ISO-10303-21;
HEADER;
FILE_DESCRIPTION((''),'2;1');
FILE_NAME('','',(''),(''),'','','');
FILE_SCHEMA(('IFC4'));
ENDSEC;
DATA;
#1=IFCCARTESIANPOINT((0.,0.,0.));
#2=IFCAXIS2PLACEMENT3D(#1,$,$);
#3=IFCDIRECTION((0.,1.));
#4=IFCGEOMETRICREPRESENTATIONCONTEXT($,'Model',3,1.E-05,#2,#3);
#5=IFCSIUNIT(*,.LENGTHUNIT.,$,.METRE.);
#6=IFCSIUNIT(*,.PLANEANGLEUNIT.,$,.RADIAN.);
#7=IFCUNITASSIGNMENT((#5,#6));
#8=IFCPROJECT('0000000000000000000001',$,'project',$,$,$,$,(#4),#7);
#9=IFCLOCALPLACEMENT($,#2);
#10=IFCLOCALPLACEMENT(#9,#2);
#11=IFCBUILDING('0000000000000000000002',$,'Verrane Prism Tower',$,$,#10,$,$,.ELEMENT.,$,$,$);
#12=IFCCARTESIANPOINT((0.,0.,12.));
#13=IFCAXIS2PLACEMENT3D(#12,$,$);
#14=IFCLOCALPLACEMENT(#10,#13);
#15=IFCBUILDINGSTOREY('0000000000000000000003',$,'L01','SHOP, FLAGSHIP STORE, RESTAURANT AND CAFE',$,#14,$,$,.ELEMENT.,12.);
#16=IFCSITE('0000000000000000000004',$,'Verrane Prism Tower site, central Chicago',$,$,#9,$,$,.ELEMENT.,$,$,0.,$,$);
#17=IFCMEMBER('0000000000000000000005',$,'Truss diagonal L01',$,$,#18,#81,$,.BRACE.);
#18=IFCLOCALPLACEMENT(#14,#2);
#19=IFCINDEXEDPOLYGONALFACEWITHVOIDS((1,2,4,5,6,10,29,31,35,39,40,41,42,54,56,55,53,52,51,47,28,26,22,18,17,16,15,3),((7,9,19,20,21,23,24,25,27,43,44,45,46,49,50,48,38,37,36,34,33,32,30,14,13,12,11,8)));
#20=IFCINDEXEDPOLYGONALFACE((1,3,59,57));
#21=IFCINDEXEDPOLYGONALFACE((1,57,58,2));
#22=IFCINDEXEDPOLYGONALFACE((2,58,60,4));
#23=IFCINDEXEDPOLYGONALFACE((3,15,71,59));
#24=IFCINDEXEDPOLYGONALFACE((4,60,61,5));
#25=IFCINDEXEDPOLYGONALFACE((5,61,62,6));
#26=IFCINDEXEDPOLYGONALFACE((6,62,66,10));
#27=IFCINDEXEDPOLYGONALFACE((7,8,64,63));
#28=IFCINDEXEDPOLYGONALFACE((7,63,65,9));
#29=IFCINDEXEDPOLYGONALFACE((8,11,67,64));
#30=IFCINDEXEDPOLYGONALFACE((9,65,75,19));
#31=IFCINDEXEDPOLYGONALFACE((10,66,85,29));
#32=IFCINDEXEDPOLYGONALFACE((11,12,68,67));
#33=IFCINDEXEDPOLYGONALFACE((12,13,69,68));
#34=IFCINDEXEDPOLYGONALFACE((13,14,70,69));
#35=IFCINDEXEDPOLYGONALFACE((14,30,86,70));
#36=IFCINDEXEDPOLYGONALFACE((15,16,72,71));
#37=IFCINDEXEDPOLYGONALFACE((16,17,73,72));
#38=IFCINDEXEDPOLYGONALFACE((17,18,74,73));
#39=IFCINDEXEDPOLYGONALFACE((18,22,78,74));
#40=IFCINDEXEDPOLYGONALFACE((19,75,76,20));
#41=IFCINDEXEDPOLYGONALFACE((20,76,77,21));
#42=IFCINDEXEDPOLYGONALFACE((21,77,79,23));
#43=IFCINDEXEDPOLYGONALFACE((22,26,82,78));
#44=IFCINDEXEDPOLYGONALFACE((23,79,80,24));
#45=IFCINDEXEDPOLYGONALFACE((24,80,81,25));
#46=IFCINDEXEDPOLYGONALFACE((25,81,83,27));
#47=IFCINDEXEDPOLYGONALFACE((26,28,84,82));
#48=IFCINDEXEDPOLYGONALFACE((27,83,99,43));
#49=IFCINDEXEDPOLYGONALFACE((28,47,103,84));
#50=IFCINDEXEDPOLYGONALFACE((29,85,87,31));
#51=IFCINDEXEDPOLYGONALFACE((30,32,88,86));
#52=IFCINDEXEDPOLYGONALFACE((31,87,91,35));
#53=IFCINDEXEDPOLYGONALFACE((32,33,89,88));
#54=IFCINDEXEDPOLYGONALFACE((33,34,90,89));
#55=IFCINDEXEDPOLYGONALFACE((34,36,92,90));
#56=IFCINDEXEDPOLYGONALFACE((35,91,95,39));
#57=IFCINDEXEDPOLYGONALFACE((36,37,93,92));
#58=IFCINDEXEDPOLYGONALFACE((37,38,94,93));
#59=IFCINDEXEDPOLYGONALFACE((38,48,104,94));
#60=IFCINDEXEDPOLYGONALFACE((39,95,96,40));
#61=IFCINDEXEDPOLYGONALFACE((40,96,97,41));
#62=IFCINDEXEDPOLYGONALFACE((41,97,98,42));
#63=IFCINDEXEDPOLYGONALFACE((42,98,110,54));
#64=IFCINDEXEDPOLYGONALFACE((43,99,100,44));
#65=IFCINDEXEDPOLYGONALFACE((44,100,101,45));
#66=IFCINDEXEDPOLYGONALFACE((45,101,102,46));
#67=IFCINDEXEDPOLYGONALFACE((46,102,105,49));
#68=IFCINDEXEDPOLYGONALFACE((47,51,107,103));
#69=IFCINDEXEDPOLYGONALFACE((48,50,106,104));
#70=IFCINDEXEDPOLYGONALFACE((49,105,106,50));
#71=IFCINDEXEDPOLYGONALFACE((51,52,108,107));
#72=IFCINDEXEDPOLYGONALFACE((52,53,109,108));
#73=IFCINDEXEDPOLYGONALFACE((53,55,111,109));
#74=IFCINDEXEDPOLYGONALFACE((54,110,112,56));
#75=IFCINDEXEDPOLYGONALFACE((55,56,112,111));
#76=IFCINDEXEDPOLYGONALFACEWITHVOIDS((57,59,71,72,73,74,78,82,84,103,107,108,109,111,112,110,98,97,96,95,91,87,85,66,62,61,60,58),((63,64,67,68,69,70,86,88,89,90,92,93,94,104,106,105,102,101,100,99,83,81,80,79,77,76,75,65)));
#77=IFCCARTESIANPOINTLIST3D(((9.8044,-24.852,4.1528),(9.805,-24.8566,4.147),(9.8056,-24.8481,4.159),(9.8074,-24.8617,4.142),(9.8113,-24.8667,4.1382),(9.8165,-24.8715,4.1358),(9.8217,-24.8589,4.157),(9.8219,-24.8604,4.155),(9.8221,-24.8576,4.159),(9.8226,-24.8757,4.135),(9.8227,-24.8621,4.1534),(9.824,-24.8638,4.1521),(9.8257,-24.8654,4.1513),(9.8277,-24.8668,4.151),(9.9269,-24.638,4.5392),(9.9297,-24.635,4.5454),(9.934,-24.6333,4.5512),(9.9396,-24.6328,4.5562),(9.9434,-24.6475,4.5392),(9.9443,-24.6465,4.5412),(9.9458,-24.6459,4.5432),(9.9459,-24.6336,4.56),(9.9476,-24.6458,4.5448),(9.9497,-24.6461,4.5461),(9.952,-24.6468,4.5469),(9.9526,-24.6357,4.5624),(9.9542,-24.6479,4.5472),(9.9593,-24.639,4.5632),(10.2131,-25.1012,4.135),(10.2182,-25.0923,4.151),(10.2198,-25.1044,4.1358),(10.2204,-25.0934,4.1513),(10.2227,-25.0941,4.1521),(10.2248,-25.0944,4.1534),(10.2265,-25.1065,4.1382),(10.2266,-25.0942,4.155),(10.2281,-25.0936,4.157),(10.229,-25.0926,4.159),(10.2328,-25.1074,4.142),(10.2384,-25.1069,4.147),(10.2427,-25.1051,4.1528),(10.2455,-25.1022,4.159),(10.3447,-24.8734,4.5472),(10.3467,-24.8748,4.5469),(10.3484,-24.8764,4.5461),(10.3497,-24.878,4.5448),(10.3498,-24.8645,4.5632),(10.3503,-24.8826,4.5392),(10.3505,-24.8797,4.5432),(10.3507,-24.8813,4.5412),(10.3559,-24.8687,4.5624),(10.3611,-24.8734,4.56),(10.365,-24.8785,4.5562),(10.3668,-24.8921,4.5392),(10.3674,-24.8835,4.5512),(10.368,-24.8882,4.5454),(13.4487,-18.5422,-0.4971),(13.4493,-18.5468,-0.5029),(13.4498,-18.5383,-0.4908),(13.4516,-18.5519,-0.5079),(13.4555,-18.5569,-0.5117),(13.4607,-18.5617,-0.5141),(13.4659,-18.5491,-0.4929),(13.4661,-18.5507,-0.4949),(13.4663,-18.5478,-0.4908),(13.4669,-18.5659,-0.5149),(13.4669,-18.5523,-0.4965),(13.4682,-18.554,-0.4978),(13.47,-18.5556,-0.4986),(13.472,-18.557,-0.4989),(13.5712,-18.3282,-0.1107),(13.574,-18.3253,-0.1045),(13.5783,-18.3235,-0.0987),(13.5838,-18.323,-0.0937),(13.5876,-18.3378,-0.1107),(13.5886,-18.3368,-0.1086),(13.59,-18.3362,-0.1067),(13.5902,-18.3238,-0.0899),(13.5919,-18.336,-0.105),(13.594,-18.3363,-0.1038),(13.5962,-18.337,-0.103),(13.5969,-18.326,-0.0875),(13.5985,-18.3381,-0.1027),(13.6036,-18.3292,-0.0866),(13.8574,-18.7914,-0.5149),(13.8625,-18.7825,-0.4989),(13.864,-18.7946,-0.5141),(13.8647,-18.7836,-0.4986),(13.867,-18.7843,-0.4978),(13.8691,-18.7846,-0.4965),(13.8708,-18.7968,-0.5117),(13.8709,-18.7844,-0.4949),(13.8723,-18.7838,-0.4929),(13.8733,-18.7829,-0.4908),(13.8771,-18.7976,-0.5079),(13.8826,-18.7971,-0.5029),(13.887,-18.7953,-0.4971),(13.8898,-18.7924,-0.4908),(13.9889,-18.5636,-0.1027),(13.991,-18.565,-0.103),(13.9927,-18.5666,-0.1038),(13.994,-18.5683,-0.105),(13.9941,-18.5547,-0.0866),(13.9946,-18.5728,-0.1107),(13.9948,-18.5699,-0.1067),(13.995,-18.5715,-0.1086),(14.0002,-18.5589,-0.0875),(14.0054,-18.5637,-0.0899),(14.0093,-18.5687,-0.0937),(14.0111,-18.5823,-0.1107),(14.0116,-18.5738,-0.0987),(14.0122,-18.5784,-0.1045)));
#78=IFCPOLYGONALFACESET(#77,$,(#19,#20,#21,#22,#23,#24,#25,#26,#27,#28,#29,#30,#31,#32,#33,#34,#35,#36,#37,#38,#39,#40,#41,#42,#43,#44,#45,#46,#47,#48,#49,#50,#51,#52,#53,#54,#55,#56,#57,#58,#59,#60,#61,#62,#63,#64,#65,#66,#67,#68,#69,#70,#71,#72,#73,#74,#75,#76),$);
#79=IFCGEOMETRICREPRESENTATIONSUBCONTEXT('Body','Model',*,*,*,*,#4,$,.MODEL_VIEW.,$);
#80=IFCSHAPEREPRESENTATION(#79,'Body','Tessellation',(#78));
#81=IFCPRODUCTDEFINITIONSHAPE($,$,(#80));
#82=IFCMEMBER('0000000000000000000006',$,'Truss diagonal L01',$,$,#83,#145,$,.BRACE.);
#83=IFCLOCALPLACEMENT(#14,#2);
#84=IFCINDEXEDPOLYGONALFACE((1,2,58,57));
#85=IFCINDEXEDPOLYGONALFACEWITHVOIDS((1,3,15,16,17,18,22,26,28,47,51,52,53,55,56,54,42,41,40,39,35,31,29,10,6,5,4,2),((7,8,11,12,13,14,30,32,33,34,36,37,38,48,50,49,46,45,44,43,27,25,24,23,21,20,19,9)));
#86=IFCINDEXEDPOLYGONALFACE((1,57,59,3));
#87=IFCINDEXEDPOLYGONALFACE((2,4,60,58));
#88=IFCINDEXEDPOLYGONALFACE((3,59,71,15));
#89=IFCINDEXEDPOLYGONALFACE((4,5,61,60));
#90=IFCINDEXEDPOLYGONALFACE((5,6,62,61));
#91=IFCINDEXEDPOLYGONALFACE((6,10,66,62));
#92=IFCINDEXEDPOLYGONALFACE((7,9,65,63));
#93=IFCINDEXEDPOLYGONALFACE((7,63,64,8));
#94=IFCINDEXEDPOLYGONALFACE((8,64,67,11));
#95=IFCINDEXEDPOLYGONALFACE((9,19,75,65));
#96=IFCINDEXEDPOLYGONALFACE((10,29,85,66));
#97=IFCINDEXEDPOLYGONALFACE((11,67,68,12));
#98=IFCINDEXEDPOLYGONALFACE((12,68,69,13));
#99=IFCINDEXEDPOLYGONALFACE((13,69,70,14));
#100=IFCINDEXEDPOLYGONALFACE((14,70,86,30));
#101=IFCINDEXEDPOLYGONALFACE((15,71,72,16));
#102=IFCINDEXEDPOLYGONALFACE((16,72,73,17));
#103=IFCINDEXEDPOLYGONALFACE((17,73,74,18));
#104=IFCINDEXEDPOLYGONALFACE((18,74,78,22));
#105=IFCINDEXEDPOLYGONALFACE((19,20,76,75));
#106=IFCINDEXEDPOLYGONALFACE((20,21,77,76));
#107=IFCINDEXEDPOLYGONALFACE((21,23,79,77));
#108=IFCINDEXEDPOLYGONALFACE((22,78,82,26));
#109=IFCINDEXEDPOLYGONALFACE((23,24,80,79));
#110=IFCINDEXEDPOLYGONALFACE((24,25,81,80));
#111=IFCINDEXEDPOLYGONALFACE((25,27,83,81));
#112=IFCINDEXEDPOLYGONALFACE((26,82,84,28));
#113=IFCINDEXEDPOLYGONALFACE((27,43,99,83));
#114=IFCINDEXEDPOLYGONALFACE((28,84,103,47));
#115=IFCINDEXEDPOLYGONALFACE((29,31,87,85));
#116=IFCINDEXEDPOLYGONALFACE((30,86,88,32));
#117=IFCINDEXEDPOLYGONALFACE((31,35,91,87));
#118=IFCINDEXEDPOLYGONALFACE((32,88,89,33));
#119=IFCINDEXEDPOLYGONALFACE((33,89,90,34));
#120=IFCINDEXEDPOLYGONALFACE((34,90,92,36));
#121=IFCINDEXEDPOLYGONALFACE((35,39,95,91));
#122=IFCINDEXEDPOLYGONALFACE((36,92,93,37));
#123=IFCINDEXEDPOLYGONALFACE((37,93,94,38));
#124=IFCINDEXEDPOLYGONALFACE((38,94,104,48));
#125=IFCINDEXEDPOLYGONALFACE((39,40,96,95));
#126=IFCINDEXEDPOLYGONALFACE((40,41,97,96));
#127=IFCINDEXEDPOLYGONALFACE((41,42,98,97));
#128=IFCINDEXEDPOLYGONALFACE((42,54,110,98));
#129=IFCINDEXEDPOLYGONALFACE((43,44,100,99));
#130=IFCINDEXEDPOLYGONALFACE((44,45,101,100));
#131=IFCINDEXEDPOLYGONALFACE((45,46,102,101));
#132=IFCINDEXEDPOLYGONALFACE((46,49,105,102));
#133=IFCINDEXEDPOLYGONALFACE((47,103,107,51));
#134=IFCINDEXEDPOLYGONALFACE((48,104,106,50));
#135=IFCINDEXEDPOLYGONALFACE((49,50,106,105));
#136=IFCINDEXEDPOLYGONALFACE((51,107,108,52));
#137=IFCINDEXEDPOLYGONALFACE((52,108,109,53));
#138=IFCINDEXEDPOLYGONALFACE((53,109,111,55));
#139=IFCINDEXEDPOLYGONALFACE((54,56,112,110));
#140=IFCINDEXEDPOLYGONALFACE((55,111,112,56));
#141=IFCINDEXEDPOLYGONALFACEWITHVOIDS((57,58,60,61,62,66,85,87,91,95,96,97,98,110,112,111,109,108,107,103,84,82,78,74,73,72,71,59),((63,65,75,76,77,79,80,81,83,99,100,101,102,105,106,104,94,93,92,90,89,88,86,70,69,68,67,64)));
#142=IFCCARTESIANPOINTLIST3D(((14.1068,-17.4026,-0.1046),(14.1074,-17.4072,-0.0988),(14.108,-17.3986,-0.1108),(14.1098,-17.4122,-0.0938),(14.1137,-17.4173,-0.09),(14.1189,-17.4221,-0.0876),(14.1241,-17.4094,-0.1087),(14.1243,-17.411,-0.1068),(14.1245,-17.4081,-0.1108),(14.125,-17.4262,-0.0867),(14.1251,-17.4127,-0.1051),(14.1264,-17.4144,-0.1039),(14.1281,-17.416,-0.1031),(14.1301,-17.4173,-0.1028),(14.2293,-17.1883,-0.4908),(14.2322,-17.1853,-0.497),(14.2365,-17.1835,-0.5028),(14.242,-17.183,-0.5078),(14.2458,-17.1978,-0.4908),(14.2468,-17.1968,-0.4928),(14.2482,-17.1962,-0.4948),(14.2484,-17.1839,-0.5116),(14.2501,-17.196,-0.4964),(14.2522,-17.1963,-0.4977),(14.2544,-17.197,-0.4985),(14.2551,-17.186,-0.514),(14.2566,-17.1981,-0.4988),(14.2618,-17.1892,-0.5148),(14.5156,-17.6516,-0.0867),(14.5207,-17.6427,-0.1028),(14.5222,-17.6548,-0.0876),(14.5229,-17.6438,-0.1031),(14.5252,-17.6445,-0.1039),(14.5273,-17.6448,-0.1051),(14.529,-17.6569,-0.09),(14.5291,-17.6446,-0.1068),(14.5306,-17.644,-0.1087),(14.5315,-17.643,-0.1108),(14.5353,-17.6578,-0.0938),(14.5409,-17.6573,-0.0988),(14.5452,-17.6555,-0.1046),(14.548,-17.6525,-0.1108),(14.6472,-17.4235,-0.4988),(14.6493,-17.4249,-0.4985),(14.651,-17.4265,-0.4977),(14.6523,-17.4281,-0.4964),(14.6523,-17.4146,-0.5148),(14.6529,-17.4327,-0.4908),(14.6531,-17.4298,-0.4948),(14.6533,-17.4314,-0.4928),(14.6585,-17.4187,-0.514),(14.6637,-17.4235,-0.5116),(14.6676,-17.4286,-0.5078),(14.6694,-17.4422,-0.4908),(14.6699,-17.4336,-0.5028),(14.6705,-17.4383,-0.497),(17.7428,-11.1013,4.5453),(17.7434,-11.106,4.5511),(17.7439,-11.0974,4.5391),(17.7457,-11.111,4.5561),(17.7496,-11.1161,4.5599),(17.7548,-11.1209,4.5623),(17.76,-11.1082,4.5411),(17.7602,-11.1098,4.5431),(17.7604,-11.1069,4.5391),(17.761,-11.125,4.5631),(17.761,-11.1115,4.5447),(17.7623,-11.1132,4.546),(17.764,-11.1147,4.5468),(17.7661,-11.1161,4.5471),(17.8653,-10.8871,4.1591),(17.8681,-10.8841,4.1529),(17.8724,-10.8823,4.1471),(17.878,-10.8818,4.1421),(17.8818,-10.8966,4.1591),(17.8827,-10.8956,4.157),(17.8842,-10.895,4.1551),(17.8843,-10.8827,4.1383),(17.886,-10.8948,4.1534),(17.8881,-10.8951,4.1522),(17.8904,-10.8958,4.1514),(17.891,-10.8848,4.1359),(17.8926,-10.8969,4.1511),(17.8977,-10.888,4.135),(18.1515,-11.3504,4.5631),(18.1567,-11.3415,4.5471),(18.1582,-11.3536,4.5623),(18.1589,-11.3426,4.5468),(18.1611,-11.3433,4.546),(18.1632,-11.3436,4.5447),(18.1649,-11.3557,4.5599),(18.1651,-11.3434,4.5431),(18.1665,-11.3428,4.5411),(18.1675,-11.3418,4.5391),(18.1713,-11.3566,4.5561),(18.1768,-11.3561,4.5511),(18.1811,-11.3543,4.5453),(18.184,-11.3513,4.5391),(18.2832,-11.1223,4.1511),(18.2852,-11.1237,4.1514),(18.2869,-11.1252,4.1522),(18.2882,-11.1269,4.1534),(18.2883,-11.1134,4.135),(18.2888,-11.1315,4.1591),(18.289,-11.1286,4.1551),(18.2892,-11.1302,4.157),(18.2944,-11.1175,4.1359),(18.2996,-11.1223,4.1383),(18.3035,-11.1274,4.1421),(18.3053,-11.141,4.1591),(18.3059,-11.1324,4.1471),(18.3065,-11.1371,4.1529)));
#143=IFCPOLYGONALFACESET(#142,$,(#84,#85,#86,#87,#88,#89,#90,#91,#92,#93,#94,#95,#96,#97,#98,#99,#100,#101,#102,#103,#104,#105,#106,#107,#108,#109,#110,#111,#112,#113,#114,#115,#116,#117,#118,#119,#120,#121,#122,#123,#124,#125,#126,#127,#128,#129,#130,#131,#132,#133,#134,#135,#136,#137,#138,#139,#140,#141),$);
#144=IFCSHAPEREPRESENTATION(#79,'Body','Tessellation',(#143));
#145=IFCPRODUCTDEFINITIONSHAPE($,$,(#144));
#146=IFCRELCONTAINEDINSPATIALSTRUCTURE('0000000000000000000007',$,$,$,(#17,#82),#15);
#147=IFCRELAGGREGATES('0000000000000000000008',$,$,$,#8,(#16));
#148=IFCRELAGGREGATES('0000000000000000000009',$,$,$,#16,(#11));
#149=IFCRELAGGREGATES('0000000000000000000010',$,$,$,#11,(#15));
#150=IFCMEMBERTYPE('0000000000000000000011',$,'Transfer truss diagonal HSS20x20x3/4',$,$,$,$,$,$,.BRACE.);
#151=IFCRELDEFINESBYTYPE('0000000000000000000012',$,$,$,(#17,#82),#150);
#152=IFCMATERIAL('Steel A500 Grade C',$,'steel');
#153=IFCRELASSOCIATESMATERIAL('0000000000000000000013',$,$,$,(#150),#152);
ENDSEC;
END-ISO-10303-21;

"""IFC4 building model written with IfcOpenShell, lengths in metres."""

from ifc_helpers import new_model, si_unit, direction, frame, origin, origin_2d, place, context, subcontext, project, spatial, hollow_rectangle, extrude, material, material_profile, profile_set, type_object, element, save


model = new_model("IFC4")

# Units and contexts
model_context = context("Model", 3, precision=1e-05, world=origin(), true_north=direction((0.0, 1.0)))
body_context = subcontext(model_context, "Body", "Model", "MODEL_VIEW")
ifc_project = project(units=[si_unit("LENGTHUNIT", "METRE"), si_unit("PLANEANGLEUNIT", "RADIAN")], contexts=[model_context])

# Site, building, storey
site_placement = place(None, origin())
site = spatial("IfcSite", under=ifc_project, at=site_placement, Name="Verrane Prism Tower site, central Chicago", CompositionType="ELEMENT", RefElevation=0.0)
building_placement = place(site_placement, origin())
building = spatial("IfcBuilding", under=site, at=building_placement, Name="Verrane Prism Tower", CompositionType="ELEMENT")
storey_placement = place(building_placement, frame((0.0, 0.0, 12.0)))
storey = spatial("IfcBuildingStorey", under=building, at=storey_placement, Name="L01", Description="SHOP, FLAGSHIP STORE, RESTAURANT AND CAFE", CompositionType="ELEMENT", Elevation=12.0)

# Members
ifc_material_1 = material(Name="Steel A500 Grade C", Category="steel")
ifc_material_profile_1 = material_profile(ifc_material_1, hollow_rectangle(XDim=0.5081, YDim=0.5081, WallThickness=0.019, InnerFilletRadius=0.0095, OuterFilletRadius=0.0286, at=origin_2d()), Name="HSS20x20x3/4")
ifc_profile_set_1 = profile_set([ifc_material_profile_1], Name="Steel A500 Grade C")
member_type_1 = type_object("IfcMemberType", Name="Transfer truss diagonal HSS20x20x3/4", PredefinedType="BRACE", material=ifc_profile_set_1)
member_1_placement = place(storey_placement, frame((13.7305, -18.5603, -0.3008), z_axis=(-0.421605, -0.729977, 0.537943), x_axis=(0.865947, -0.500135, 0.0)))
element("IfcMember", 1, at=member_1_placement, inside=storey, type_object=member_type_1, Name="Truss diagonal L01", PredefinedType="BRACE", context=body_context, shape_type="SweptSolid", body=[
    extrude(hollow_rectangle(XDim=0.5081, YDim=0.5081, WallThickness=0.019, InnerFilletRadius=0.0095, OuterFilletRadius=0.0286, at=origin_2d()), origin(), (0.0, 0.0, 1.0), 8.6438),
])
member_2_placement = place(storey_placement, frame((14.3887, -17.4204, -0.3008), z_axis=(0.421118, 0.72981, 0.53855), x_axis=(-0.866148, 0.499788, 0.0)))
element("IfcMember", 2, at=member_2_placement, inside=storey, type_object=member_type_1, Name="Truss diagonal L01", PredefinedType="BRACE", context=body_context, shape_type="SweptSolid", body=[
    extrude(hollow_rectangle(XDim=0.5081, YDim=0.5081, WallThickness=0.019, InnerFilletRadius=0.0095, OuterFilletRadius=0.0286, at=origin_2d()), origin(), (0.0, 0.0, 1.0), 8.634),
])

save(model, "model.ifc")
